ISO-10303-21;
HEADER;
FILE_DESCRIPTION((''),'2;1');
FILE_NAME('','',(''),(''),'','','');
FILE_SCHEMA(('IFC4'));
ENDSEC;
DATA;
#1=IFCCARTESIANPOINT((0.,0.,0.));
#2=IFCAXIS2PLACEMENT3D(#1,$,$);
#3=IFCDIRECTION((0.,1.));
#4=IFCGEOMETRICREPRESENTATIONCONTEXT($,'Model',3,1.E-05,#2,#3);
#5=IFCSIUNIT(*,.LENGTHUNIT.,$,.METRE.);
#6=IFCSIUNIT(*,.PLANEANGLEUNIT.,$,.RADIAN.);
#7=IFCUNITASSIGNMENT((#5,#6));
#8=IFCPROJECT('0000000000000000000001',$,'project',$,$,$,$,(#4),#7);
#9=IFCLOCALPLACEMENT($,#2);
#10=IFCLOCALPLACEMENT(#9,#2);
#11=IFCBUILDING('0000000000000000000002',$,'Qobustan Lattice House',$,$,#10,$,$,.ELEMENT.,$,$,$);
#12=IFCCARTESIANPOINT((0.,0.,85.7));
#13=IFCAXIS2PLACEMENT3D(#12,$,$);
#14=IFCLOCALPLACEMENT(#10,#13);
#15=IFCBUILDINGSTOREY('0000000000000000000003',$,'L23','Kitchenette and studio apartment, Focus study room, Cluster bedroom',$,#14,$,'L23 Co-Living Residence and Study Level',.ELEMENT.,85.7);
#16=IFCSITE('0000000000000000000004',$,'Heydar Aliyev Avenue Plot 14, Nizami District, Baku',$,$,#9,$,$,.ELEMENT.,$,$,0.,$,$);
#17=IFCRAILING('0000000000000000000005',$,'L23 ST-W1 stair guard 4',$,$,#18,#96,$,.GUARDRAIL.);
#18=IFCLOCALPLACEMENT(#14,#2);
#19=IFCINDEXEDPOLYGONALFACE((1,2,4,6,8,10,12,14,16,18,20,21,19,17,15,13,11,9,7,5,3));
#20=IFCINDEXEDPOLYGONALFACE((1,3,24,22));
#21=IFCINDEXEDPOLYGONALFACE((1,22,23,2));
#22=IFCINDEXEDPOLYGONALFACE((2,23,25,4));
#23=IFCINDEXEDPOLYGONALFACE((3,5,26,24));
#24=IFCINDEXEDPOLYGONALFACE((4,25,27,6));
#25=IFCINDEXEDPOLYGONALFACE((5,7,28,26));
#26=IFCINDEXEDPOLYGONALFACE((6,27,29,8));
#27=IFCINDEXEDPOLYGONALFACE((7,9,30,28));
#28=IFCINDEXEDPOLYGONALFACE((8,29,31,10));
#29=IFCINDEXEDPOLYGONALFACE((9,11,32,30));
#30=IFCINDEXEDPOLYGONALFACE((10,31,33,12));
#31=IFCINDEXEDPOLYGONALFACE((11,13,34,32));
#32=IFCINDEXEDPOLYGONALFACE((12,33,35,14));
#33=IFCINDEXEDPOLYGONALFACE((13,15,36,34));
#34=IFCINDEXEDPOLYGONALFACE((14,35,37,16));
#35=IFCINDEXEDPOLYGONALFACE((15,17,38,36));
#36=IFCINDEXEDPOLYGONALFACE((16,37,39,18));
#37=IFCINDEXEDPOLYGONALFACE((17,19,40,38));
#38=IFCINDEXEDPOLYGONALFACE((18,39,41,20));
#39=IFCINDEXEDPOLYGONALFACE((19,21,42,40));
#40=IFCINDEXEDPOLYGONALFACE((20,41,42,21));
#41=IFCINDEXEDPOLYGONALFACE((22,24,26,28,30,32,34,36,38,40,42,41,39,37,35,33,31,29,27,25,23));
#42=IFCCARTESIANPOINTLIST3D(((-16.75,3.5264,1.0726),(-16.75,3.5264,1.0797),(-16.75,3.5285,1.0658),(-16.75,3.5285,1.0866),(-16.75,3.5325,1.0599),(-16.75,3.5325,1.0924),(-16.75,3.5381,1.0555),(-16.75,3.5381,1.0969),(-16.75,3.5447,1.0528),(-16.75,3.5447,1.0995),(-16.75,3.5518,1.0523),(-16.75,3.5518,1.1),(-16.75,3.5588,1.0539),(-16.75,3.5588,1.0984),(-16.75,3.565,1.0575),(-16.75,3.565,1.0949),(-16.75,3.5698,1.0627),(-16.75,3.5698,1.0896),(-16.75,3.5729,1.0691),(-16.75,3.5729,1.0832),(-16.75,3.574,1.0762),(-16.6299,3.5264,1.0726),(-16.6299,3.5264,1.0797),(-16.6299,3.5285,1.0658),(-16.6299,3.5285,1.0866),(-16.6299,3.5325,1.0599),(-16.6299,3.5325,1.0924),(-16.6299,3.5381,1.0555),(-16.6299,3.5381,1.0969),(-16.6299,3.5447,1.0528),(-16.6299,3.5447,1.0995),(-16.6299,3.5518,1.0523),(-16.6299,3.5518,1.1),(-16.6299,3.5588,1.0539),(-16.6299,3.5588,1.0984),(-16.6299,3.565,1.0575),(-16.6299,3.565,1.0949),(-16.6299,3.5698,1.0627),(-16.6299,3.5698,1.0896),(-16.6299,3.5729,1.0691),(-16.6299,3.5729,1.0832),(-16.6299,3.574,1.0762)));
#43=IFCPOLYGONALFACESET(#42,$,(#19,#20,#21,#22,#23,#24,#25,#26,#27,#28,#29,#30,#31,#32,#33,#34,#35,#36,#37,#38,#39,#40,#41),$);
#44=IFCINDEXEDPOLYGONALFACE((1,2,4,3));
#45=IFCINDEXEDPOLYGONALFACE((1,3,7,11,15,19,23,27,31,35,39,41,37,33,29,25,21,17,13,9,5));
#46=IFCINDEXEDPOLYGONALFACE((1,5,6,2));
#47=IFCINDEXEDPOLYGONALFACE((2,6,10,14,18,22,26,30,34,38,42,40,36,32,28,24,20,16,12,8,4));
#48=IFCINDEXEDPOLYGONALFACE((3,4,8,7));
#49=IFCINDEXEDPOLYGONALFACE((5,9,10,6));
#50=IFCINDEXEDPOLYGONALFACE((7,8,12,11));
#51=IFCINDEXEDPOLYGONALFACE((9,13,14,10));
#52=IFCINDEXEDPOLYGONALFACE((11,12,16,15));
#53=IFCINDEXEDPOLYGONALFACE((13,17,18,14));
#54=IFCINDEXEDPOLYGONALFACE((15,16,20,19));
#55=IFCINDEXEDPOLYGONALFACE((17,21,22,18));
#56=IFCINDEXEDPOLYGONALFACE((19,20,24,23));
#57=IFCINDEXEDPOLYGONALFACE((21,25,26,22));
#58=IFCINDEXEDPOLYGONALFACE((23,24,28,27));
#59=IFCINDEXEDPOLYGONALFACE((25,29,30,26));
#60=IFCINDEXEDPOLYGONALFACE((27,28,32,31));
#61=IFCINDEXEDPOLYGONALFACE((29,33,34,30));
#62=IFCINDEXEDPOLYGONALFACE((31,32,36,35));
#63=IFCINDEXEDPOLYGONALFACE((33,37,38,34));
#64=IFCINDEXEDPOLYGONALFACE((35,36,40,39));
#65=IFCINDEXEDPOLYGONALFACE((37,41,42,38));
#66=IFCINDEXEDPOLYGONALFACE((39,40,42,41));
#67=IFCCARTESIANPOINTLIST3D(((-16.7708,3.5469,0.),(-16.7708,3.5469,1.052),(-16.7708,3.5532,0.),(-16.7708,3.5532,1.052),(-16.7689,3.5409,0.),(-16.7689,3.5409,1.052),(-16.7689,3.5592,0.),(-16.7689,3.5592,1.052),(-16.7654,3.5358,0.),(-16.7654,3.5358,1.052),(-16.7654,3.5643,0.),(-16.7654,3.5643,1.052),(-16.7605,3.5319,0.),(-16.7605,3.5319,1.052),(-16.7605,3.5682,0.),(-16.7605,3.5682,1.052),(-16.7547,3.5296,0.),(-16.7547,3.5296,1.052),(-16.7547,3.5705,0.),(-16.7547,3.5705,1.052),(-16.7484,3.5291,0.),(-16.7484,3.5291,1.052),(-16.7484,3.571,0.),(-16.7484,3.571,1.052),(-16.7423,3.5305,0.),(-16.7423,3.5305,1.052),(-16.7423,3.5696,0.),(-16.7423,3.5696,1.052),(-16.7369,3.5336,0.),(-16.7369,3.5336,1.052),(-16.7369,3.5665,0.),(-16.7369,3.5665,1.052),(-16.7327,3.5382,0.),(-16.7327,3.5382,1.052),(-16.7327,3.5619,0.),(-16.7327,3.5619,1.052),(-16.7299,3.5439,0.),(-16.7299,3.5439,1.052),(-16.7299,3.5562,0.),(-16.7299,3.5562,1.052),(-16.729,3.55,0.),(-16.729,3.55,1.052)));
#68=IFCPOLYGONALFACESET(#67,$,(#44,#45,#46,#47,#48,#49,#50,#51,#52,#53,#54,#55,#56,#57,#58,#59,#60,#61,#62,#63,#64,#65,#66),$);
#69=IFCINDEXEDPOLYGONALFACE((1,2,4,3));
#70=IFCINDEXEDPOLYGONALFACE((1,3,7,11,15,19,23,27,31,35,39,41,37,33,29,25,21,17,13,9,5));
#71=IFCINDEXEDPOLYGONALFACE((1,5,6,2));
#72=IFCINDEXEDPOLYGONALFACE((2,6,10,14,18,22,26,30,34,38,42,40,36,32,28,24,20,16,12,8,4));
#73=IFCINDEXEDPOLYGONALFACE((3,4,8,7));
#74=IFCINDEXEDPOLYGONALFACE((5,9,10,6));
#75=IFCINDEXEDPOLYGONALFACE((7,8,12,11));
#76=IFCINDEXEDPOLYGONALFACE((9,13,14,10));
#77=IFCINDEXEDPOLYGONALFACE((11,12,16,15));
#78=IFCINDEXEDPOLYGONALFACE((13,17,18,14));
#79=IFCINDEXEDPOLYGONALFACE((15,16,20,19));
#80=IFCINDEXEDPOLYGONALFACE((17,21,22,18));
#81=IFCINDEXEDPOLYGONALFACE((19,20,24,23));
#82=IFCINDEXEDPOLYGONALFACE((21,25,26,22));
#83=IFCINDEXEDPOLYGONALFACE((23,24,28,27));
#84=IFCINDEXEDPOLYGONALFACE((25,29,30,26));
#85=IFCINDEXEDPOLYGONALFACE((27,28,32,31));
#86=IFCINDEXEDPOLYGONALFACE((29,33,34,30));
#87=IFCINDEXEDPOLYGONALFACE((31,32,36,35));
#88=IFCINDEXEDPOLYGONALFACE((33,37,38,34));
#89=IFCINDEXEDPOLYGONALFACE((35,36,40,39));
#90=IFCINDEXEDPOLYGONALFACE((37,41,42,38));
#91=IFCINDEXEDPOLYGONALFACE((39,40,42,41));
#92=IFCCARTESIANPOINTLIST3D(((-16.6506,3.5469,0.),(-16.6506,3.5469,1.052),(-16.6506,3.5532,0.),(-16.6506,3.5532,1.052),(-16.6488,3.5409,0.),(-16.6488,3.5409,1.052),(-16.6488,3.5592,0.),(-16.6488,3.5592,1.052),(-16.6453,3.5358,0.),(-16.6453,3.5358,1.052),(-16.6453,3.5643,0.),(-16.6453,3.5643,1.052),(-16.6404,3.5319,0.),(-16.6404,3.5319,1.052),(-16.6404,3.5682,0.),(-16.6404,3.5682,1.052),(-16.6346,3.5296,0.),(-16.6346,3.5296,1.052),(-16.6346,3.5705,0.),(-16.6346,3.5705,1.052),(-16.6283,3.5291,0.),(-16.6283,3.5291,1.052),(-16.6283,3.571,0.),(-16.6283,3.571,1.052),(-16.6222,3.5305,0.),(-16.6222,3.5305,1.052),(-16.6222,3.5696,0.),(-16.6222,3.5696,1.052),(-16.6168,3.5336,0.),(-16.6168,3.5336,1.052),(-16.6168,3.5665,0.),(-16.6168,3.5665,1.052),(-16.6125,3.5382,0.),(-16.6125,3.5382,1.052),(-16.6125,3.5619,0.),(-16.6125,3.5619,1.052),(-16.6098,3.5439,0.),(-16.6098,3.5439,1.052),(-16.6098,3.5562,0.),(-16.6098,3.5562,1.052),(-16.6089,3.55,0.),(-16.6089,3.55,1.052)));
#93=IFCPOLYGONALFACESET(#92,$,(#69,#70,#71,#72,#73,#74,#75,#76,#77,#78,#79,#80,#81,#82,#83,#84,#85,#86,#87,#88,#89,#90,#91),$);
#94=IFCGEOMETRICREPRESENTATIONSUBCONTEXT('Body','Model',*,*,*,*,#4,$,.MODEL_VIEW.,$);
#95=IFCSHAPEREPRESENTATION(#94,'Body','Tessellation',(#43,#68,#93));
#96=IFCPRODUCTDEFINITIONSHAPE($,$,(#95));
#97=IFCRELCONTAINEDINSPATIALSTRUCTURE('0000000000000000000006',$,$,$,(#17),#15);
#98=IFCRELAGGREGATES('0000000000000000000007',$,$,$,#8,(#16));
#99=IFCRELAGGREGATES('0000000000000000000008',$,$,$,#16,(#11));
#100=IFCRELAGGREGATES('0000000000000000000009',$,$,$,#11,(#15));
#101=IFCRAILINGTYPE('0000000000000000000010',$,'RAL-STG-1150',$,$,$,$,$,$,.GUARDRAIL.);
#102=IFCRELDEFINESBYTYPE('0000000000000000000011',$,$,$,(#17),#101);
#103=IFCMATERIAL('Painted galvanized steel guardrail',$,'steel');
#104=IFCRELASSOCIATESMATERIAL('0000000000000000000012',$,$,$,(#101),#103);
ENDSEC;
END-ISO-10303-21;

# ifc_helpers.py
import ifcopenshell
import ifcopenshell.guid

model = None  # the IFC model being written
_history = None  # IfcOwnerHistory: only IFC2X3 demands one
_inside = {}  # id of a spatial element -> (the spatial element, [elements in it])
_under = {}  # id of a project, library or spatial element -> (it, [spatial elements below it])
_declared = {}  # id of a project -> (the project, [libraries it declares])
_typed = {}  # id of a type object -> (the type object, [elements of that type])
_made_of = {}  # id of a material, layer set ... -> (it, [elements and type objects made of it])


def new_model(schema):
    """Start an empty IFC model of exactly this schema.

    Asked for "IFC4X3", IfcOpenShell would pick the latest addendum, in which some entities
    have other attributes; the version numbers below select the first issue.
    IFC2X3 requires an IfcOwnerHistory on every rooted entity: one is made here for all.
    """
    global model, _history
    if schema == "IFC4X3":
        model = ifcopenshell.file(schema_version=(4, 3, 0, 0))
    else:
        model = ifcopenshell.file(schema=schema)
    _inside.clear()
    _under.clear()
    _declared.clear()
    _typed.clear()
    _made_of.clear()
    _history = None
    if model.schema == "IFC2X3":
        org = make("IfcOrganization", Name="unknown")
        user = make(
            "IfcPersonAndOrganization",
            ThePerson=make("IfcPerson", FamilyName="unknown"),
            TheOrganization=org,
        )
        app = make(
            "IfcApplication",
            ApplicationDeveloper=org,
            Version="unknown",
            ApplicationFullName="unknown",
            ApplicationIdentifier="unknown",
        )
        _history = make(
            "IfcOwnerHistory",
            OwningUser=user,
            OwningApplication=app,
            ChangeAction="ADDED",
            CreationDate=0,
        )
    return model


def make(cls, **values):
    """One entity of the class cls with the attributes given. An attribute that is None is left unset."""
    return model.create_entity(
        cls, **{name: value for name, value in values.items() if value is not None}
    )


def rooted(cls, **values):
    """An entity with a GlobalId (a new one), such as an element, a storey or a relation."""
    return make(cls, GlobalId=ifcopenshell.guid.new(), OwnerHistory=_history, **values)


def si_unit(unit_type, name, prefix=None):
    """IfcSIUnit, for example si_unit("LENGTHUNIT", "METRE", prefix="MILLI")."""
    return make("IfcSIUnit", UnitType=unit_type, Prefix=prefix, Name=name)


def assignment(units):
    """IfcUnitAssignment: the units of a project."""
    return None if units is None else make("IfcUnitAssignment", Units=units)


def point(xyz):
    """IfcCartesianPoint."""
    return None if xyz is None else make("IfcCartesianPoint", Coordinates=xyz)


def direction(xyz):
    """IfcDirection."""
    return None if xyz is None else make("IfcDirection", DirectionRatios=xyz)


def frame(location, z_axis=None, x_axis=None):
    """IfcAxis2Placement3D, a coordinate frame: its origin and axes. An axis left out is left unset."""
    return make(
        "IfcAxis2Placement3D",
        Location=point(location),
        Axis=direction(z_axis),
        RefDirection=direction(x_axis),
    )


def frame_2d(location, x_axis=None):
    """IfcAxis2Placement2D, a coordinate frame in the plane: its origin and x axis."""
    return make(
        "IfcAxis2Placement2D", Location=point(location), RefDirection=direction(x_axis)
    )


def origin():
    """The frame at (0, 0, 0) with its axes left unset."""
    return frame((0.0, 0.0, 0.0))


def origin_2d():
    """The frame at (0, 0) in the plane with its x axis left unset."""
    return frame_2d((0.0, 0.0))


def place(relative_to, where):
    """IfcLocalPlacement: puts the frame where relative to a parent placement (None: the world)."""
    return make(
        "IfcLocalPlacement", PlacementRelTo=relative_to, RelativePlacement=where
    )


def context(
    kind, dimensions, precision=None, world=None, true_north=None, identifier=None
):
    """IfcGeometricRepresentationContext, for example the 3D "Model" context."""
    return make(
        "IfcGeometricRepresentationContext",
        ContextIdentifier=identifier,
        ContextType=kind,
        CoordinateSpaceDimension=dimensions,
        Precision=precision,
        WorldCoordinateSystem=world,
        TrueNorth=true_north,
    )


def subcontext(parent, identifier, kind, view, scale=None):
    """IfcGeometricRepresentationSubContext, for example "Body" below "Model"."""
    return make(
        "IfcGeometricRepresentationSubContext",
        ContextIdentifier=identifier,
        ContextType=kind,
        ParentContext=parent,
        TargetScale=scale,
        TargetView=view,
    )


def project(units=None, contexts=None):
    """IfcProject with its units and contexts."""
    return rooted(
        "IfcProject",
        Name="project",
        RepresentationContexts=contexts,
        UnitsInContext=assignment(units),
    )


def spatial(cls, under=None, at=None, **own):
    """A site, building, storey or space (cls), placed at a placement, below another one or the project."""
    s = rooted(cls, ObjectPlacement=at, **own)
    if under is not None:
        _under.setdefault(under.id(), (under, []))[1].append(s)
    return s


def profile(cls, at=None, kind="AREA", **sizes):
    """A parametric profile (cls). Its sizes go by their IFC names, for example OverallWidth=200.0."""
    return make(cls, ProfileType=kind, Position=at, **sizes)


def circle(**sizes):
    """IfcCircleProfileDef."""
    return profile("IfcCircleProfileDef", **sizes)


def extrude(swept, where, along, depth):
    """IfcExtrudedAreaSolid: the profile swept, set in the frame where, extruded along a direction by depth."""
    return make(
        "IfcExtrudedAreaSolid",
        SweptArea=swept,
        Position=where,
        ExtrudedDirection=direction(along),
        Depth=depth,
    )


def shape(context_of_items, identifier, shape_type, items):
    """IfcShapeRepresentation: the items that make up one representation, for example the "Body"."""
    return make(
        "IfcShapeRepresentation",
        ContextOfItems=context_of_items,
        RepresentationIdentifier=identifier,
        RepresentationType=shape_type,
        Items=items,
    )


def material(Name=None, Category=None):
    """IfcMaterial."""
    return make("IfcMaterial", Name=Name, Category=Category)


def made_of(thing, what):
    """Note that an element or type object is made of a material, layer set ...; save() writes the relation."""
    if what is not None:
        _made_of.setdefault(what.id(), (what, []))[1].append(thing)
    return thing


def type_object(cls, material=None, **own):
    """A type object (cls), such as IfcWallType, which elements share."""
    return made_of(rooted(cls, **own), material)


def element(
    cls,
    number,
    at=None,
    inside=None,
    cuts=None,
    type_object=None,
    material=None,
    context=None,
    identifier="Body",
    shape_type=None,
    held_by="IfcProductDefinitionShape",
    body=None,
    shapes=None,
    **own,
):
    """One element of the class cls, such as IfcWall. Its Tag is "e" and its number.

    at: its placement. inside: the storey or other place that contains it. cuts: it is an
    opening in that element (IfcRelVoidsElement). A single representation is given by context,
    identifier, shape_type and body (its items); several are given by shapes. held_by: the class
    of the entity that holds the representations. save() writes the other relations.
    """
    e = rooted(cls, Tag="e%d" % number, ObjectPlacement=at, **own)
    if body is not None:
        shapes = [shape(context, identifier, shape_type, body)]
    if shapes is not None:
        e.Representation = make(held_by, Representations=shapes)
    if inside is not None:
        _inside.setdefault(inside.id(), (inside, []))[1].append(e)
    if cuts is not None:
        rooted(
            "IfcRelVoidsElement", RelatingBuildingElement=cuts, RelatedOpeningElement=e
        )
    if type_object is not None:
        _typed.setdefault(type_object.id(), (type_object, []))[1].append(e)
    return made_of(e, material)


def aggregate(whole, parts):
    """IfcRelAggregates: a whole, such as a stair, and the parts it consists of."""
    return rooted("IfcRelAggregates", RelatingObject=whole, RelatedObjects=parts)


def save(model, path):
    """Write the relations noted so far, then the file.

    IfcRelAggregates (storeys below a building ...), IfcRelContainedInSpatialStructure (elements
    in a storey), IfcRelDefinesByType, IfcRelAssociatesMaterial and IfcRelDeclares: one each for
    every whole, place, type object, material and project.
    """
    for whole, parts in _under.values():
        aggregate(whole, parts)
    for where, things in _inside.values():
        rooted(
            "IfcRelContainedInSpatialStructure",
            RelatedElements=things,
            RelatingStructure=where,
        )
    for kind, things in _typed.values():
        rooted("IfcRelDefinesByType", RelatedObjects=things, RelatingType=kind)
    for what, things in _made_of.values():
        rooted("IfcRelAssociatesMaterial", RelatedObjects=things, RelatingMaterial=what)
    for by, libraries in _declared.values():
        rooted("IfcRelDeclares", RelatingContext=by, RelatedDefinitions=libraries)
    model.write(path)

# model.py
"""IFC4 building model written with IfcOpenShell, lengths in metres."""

from ifc_helpers import new_model, si_unit, direction, frame, origin, origin_2d, place, context, subcontext, project, spatial, circle, extrude, material, type_object, element, save


model = new_model("IFC4")

# Units and contexts
model_context = context("Model", 3, precision=1e-05, world=origin(), true_north=direction((0.0, 1.0)))
body_context = subcontext(model_context, "Body", "Model", "MODEL_VIEW")
ifc_project = project(units=[si_unit("LENGTHUNIT", "METRE"), si_unit("PLANEANGLEUNIT", "RADIAN")], contexts=[model_context])

# Site, building, storey
site_placement = place(None, origin())
site = spatial("IfcSite", under=ifc_project, at=site_placement, Name="Heydar Aliyev Avenue Plot 14, Nizami District, Baku", CompositionType="ELEMENT", RefElevation=0.0)
building_placement = place(site_placement, origin())
building = spatial("IfcBuilding", under=site, at=building_placement, Name="Qobustan Lattice House", CompositionType="ELEMENT")
storey_placement = place(building_placement, frame((0.0, 0.0, 85.7)))
storey = spatial("IfcBuildingStorey", under=building, at=storey_placement, Name="L23", Description="Kitchenette and studio apartment, Focus study room, Cluster bedroom", LongName="L23 Co-Living Residence and Study Level", CompositionType="ELEMENT", Elevation=85.7)

# Railing
ifc_material_1 = material(Name="Painted galvanized steel guardrail", Category="steel")
railing_type_1 = type_object("IfcRailingType", Name="RAL-STG-1150", PredefinedType="GUARDRAIL", material=ifc_material_1)
railing_1_placement = place(storey_placement, frame((-16.75, 3.55, 0.0)))
element("IfcRailing", 1, at=railing_1_placement, inside=storey, type_object=railing_type_1, Name="L23 ST-W1 stair guard 4", PredefinedType="GUARDRAIL", context=body_context, shape_type="SweptSolid", body=[
    extrude(circle(Radius=0.0239, at=origin_2d()), frame((0.0, 0.0, 1.0762), z_axis=(1.0, 0.0, 0.0), x_axis=(0.0, 1.0, 0.0)), (0.0, 0.0, 1.0), 0.1201),
    extrude(circle(Radius=0.021, at=origin_2d()), origin(), (0.0, 0.0, 1.0), 1.052),
    extrude(circle(Radius=0.021, at=origin_2d()), frame((0.1201, 0.0, 0.0)), (0.0, 0.0, 1.0), 1.052),
])

save(model, "model.ifc")
